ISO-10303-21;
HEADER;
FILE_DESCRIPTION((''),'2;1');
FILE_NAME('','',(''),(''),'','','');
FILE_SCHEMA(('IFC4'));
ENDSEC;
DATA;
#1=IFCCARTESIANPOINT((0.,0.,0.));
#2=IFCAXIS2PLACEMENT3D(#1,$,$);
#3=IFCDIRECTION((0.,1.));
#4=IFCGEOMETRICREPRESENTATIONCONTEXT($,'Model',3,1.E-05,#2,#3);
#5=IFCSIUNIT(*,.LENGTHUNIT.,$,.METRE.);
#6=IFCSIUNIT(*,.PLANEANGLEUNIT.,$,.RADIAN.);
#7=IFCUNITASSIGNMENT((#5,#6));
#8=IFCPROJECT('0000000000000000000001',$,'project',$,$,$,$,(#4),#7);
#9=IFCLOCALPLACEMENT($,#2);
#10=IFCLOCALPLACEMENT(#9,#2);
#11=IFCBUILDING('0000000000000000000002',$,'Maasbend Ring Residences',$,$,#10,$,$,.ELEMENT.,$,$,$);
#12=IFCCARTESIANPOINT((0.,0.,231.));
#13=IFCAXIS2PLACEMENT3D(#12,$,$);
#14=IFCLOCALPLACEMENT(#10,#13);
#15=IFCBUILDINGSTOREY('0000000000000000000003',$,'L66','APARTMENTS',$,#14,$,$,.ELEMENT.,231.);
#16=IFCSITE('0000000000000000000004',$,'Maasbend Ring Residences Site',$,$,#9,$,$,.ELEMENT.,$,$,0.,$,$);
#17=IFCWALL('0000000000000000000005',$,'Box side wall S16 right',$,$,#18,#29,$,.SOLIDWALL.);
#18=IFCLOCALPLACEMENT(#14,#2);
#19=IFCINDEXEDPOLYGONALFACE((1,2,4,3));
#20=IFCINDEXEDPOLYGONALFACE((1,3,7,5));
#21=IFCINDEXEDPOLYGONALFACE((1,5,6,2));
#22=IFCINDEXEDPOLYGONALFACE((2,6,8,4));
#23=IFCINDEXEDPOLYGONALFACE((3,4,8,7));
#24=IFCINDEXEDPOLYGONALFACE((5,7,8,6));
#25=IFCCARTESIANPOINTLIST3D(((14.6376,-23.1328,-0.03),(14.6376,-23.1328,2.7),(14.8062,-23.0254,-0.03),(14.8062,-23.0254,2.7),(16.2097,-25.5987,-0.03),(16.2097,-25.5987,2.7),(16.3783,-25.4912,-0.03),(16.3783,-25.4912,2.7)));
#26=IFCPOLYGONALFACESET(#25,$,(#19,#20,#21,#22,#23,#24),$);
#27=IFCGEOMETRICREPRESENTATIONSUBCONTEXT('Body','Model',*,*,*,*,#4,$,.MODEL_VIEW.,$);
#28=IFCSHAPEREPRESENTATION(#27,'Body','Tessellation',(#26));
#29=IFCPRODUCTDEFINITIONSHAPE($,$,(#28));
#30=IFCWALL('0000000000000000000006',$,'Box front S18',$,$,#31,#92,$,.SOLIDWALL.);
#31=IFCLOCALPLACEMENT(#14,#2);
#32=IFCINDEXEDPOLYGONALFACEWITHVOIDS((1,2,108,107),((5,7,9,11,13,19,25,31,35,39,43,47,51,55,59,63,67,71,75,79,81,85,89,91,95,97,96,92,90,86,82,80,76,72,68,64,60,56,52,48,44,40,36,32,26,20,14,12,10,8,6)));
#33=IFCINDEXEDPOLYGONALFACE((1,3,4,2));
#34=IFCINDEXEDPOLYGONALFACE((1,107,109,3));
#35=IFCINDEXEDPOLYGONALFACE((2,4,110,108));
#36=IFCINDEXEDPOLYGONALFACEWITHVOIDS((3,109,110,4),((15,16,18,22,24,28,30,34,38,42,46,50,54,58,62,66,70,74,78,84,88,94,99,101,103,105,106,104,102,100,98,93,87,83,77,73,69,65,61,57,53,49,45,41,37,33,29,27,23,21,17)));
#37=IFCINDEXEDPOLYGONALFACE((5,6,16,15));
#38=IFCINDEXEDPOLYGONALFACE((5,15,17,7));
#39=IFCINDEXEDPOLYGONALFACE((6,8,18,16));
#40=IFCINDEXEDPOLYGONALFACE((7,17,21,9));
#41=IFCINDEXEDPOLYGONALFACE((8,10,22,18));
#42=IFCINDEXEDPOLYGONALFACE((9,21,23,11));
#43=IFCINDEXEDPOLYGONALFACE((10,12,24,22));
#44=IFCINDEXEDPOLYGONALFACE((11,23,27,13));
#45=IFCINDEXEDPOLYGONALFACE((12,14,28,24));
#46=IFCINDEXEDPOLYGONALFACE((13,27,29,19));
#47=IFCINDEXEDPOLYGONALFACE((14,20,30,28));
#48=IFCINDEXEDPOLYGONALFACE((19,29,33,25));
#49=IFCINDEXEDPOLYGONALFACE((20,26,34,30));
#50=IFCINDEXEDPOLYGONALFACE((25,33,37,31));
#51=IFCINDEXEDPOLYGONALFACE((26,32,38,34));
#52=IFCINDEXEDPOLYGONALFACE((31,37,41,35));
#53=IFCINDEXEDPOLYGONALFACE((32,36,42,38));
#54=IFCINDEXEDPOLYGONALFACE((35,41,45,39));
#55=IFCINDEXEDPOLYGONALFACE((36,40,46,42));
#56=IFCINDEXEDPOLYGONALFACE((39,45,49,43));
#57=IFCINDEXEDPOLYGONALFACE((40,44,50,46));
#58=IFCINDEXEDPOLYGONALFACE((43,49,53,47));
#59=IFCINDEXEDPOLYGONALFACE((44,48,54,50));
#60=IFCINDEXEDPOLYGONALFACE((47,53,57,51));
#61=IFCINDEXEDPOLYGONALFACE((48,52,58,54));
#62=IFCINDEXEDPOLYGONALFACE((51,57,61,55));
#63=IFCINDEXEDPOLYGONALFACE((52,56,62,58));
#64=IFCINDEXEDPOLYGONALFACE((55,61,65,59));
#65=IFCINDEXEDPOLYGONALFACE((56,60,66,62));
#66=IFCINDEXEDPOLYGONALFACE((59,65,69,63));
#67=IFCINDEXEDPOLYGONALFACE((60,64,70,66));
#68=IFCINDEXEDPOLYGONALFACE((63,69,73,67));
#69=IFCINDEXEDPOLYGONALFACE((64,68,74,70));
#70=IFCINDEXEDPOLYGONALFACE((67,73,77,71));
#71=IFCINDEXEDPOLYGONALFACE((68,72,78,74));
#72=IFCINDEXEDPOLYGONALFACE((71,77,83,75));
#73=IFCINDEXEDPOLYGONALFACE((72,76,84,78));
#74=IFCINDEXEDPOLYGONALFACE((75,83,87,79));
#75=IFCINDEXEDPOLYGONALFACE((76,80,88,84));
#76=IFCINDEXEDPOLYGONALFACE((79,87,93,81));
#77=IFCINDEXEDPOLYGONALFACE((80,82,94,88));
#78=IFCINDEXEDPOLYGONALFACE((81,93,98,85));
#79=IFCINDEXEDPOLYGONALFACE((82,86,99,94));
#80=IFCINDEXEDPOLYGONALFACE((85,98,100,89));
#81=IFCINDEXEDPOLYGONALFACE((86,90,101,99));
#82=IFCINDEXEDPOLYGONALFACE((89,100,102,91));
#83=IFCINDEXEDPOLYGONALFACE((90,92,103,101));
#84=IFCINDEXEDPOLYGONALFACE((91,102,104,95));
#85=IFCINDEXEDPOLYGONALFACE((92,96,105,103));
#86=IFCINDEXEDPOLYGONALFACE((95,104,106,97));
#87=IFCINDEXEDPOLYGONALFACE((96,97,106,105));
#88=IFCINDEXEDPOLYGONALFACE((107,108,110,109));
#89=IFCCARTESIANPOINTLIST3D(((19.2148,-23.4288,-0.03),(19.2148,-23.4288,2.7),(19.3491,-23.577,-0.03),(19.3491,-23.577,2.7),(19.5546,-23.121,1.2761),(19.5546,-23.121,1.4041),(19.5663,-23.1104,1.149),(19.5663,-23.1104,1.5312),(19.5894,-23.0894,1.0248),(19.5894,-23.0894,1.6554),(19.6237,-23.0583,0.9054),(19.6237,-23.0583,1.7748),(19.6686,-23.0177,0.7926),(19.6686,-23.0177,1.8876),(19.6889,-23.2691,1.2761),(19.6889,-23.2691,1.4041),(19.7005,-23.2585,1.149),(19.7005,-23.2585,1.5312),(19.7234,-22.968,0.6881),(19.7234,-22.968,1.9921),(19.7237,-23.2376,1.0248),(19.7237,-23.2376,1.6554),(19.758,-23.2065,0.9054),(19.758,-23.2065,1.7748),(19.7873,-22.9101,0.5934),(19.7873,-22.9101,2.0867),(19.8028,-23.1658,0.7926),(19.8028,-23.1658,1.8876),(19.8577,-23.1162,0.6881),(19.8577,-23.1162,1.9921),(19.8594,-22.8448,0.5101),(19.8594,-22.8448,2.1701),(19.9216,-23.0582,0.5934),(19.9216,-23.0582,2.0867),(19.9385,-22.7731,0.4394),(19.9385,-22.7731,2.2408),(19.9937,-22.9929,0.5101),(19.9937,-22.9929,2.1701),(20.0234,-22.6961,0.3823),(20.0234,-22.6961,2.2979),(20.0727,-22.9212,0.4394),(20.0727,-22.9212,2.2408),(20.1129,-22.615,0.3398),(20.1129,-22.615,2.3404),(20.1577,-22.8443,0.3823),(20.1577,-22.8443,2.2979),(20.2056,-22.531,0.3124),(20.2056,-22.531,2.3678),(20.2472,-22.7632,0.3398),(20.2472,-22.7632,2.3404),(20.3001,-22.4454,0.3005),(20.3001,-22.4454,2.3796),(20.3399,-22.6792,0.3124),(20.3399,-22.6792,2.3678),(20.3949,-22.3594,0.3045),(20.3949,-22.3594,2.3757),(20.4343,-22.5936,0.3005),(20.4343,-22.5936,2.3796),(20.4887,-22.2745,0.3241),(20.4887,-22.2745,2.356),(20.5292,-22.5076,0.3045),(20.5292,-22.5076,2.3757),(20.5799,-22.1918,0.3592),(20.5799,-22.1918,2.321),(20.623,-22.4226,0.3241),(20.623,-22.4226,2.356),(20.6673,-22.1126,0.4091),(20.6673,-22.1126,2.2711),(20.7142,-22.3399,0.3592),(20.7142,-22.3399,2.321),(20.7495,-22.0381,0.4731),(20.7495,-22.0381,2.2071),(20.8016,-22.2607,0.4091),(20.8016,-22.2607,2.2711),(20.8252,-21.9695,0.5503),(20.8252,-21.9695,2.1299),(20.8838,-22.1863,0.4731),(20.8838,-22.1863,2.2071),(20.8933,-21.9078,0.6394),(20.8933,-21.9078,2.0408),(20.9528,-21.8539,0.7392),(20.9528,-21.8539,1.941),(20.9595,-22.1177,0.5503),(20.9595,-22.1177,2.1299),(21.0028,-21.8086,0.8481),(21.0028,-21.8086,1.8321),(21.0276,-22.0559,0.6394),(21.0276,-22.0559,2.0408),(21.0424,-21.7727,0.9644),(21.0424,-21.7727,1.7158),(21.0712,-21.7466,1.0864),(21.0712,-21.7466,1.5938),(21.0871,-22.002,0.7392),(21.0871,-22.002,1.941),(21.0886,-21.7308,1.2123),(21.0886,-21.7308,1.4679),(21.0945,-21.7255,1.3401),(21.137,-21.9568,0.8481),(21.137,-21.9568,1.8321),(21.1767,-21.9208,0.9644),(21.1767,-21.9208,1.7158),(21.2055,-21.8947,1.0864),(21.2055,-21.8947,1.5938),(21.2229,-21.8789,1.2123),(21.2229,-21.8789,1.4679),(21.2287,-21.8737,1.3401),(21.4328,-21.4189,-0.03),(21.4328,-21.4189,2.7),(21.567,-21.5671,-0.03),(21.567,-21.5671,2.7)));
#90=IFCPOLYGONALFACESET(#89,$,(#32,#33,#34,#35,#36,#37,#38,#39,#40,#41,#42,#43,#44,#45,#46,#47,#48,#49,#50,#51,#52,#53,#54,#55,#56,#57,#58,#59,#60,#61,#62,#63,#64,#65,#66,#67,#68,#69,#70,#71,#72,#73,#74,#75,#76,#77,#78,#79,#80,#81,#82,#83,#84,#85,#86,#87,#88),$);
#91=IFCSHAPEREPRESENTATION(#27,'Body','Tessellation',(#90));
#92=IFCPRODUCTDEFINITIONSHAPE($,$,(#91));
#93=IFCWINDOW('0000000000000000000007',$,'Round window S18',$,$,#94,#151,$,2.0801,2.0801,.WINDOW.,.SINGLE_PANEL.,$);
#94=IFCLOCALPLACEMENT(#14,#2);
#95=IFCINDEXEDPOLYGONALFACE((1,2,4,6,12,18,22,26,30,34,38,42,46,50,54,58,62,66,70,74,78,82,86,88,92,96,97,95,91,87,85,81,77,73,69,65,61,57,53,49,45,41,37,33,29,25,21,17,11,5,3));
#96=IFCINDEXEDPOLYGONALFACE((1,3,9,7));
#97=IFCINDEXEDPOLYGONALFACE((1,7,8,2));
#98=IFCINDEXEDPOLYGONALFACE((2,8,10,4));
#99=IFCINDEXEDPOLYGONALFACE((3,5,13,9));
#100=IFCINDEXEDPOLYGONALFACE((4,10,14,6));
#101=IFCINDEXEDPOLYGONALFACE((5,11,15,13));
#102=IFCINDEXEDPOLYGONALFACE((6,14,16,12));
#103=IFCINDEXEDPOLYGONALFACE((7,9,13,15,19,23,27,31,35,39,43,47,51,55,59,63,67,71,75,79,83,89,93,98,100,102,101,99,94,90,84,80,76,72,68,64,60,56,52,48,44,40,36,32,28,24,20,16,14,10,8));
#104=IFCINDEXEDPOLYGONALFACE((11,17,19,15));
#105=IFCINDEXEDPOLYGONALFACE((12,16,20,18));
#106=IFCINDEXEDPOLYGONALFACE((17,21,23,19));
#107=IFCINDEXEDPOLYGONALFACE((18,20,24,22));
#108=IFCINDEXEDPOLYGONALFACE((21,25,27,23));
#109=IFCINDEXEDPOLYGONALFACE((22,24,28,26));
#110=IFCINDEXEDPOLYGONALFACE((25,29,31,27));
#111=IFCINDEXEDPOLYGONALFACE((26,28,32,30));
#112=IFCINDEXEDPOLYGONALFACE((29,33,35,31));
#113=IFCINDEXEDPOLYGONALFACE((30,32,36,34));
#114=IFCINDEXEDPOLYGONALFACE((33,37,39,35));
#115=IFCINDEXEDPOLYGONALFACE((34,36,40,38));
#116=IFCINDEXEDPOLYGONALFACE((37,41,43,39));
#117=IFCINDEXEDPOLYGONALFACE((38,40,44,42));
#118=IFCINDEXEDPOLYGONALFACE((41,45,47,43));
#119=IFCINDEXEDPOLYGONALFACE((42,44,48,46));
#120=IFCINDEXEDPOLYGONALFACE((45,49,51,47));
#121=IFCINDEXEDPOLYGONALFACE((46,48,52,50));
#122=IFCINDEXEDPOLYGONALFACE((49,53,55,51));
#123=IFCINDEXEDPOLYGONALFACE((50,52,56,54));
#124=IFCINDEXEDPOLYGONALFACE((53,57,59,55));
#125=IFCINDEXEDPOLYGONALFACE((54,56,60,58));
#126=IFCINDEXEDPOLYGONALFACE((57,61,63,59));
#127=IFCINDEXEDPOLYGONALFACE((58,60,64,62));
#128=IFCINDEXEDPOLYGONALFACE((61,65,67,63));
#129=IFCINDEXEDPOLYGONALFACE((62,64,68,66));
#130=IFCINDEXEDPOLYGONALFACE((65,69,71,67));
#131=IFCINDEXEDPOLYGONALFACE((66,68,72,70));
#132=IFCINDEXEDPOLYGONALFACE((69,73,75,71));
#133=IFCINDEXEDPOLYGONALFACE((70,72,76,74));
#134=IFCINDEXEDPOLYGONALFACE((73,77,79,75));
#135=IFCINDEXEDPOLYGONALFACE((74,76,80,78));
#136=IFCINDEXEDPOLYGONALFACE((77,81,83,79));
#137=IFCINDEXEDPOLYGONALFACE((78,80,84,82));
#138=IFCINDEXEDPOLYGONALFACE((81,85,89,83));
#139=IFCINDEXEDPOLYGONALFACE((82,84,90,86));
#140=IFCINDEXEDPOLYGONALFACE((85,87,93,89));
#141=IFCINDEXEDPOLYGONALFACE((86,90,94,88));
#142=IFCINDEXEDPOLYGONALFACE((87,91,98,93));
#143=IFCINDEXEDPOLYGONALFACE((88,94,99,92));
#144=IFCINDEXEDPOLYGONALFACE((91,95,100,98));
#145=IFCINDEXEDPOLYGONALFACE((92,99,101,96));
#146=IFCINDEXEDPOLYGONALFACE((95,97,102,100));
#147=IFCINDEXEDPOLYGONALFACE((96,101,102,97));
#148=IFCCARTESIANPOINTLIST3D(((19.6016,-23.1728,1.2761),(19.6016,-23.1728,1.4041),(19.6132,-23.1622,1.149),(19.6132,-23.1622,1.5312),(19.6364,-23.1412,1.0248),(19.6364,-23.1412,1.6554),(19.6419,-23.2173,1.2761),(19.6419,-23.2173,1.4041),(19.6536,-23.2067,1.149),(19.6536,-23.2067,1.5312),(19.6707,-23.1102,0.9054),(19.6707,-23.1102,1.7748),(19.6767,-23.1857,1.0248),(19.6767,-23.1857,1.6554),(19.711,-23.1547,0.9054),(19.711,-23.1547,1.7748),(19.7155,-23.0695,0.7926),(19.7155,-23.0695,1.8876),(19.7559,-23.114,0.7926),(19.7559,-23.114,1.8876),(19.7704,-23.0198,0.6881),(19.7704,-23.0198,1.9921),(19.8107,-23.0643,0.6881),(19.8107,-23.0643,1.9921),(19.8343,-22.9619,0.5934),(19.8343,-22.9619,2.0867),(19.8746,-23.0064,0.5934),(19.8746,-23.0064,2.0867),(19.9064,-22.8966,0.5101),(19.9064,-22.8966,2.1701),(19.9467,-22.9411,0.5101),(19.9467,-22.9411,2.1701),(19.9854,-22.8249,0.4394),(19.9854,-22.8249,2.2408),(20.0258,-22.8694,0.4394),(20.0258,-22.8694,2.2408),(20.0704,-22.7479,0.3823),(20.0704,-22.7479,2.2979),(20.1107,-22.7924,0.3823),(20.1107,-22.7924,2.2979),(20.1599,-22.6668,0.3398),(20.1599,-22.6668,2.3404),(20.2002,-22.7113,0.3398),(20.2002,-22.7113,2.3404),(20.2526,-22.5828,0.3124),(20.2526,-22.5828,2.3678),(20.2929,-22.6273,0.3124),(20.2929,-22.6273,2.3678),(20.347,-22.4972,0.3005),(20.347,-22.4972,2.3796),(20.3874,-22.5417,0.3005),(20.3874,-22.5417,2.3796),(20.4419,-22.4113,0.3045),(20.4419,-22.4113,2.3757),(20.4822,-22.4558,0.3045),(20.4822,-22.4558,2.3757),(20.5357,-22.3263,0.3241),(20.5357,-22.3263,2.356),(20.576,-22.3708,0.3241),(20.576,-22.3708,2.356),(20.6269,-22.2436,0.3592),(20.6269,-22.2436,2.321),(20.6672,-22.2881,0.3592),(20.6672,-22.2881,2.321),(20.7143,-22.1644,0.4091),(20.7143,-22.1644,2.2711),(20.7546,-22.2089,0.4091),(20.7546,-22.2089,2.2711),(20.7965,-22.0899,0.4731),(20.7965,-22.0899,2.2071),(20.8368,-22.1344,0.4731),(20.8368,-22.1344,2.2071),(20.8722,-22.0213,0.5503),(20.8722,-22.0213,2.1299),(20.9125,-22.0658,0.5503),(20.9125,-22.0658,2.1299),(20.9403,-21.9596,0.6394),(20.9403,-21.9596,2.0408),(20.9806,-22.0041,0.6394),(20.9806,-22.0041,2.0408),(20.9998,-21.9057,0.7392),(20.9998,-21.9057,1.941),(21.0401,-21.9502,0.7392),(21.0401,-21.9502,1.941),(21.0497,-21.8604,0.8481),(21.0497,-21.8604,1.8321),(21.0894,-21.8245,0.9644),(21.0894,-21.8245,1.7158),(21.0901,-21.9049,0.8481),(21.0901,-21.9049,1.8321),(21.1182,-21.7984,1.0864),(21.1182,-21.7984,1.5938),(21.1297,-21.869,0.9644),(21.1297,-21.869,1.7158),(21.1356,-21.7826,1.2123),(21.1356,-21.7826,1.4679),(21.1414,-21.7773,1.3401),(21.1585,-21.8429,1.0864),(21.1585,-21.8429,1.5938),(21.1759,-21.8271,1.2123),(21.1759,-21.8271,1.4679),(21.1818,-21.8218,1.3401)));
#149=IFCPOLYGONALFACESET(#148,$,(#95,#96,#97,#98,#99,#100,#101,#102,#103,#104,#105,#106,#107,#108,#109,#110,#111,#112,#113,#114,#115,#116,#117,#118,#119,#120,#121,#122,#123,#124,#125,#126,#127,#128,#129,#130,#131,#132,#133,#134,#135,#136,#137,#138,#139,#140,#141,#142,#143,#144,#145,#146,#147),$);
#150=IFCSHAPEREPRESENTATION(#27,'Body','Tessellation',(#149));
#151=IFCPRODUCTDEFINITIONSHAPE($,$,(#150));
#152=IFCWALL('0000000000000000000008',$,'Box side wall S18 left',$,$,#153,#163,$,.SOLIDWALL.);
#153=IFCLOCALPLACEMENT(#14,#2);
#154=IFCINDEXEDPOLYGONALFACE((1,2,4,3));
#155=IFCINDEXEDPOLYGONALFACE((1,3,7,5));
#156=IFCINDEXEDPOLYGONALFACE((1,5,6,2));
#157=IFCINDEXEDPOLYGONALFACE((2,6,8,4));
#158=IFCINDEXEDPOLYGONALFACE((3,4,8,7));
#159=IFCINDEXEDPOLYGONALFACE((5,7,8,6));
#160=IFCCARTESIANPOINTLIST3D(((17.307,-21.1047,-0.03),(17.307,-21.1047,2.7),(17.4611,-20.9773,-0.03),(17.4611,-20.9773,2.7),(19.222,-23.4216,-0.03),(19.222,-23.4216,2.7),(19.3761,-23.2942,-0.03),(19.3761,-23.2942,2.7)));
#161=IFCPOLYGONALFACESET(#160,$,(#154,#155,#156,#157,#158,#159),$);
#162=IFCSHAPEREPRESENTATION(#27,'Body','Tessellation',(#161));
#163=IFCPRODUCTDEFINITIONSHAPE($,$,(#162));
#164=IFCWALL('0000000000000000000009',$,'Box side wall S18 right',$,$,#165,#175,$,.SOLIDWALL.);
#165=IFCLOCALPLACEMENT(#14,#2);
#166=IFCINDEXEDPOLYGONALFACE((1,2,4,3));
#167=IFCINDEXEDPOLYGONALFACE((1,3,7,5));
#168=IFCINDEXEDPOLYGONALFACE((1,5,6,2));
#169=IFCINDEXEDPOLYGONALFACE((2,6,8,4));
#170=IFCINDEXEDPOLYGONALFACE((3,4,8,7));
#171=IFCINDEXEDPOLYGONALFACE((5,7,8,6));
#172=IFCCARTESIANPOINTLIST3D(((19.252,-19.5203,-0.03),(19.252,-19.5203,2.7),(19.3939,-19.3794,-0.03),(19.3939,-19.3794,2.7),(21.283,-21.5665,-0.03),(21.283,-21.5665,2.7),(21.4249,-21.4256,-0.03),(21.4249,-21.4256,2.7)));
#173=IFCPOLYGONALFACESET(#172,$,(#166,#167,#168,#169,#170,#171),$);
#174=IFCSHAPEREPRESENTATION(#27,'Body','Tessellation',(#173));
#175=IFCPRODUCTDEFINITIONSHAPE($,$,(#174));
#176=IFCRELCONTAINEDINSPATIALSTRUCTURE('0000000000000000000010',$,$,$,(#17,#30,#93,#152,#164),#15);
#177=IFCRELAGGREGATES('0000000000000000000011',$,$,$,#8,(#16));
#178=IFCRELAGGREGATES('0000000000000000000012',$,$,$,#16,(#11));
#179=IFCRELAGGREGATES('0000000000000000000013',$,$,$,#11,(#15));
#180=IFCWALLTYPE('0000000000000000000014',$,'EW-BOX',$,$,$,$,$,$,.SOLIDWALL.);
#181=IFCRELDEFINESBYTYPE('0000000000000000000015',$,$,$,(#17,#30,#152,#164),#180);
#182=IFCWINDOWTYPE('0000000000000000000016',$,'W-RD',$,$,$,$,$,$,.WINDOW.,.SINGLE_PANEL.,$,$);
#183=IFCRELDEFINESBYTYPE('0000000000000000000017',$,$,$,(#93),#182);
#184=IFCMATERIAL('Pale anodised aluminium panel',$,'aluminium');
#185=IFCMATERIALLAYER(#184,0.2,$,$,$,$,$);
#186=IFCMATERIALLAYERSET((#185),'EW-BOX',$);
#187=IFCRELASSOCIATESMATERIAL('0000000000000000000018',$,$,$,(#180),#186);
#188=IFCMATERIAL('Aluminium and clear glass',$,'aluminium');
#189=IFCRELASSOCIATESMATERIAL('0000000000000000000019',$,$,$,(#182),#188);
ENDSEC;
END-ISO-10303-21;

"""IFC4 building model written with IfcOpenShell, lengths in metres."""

from ifc_helpers import new_model, si_unit, direction, frame, frame_2d, origin, place, context, subcontext, project, spatial, rectangle, circle, extrude, material, layer, layer_set, type_object, element, fill, save


model = new_model("IFC4")

# Units and contexts
model_context = context("Model", 3, precision=1e-05, world=origin(), true_north=direction((0.0, 1.0)))
body_context = subcontext(model_context, "Body", "Model", "MODEL_VIEW")
ifc_project = project(units=[si_unit("LENGTHUNIT", "METRE"), si_unit("PLANEANGLEUNIT", "RADIAN")], contexts=[model_context])

# Site, building, storey
site_placement = place(None, origin())
site = spatial("IfcSite", under=ifc_project, at=site_placement, Name="Maasbend Ring Residences Site", CompositionType="ELEMENT", RefElevation=0.0)
building_placement = place(site_placement, origin())
building = spatial("IfcBuilding", under=site, at=building_placement, Name="Maasbend Ring Residences", CompositionType="ELEMENT")
storey_placement = place(building_placement, frame((0.0, 0.0, 231.0)))
storey = spatial("IfcBuildingStorey", under=building, at=storey_placement, Name="L66", Description="APARTMENTS", CompositionType="ELEMENT", Elevation=231.0)

# Shared definitions
ifc_material_1 = material(Name="Pale anodised aluminium panel", Category="aluminium")
ifc_layer_1 = layer(ifc_material_1, 0.2)
ifc_layer_set_1 = layer_set([ifc_layer_1], Name="EW-BOX")
wall_type_1 = type_object("IfcWallType", Name="EW-BOX", PredefinedType="SOLIDWALL", material=ifc_layer_set_1)
ifc_material_2 = material(Name="Aluminium and clear glass", Category="aluminium")
window_type_1 = type_object("IfcWindowType", Name="W-RD", PartitioningType="SINGLE_PANEL", PredefinedType="WINDOW", material=ifc_material_2)

# Wall
wall_1_placement = place(storey_placement, frame((14.7219, -23.0791, -0.03), z_axis=(0.0, 0.0, 1.0), x_axis=(0.537572, -0.843218, 0.0)))
element("IfcWall", 1, at=wall_1_placement, inside=storey, type_object=wall_type_1, Name="Box side wall S16 right", PredefinedType="SOLIDWALL", context=body_context, shape_type="SweptSolid", body=[
    extrude(rectangle(XDim=2.9243, YDim=0.2, at=frame_2d((1.4622, 0.0))), origin(), (0.0, 0.0, 1.0), 2.73),
])

# Wall, opening, window
wall_2_placement = place(storey_placement, frame((19.282, -23.5029, -0.03), z_axis=(0.0, 0.0, 1.0), x_axis=(0.740998, 0.671507, 0.0)))
wall_2 = element("IfcWall", 2, at=wall_2_placement, inside=storey, type_object=wall_type_1, Name="Box front S18", PredefinedType="SOLIDWALL", context=body_context, shape_type="SweptSolid", body=[
    extrude(rectangle(XDim=2.9932, YDim=0.2, at=frame_2d((1.4966, 0.0))), origin(), (0.0, 0.0, 1.0), 2.73),
])
opening_1_placement = place(wall_2_placement, frame((0.4565, 0.0, 0.3301)))
opening_1 = element("IfcOpeningElement", 3, at=opening_1_placement, cuts=wall_2, PredefinedType="OPENING", context=body_context, shape_type="SweptSolid", body=[
    extrude(circle(Radius=1.04, at=frame_2d((1.04, 1.04))), frame((0.0, 0.1099, 0.0), z_axis=(0.0, -1.0, 0.0), x_axis=(1.0, 0.0, 0.0)), (0.0, 0.0, 1.0), 0.22),
])
window_1_placement = place(opening_1_placement, origin())
window_1 = element("IfcWindow", 4, at=window_1_placement, inside=storey, type_object=window_type_1, Name="Round window S18", OverallHeight=2.0801, OverallWidth=2.0801, PartitioningType="SINGLE_PANEL", PredefinedType="WINDOW", context=body_context, shape_type="SweptSolid", body=[
    extrude(circle(Radius=1.04, at=frame_2d((1.04, 1.04))), frame((0.0, 0.03, 0.0), z_axis=(0.0, -1.0, 0.0), x_axis=(1.0, 0.0, 0.0)), (0.0, 0.0, 1.0), 0.0601),
])
fill(opening_1, window_1)

# Walls
wall_3_placement = place(storey_placement, frame((17.384, -21.041, -0.03), z_axis=(0.0, 0.0, 1.0), x_axis=(0.637096, -0.770785, 0.0)))
element("IfcWall", 5, at=wall_3_placement, inside=storey, type_object=wall_type_1, Name="Box side wall S18 left", PredefinedType="SOLIDWALL", context=body_context, shape_type="SweptSolid", body=[
    extrude(rectangle(XDim=3.0059, YDim=0.2, at=frame_2d((1.5029, 0.0))), origin(), (0.0, 0.0, 1.0), 2.73),
])
wall_4_placement = place(storey_placement, frame((19.323, -19.45, -0.03), z_axis=(0.0, 0.0, 1.0), x_axis=(0.704477, -0.709727, 0.0)))
element("IfcWall", 6, at=wall_4_placement, inside=storey, type_object=wall_type_1, Name="Box side wall S18 right", PredefinedType="SOLIDWALL", context=body_context, shape_type="SweptSolid", body=[
    extrude(rectangle(XDim=2.8831, YDim=0.2, at=frame_2d((1.4414, 0.0))), origin(), (0.0, 0.0, 1.0), 2.73),
])

save(model, "model.ifc")
